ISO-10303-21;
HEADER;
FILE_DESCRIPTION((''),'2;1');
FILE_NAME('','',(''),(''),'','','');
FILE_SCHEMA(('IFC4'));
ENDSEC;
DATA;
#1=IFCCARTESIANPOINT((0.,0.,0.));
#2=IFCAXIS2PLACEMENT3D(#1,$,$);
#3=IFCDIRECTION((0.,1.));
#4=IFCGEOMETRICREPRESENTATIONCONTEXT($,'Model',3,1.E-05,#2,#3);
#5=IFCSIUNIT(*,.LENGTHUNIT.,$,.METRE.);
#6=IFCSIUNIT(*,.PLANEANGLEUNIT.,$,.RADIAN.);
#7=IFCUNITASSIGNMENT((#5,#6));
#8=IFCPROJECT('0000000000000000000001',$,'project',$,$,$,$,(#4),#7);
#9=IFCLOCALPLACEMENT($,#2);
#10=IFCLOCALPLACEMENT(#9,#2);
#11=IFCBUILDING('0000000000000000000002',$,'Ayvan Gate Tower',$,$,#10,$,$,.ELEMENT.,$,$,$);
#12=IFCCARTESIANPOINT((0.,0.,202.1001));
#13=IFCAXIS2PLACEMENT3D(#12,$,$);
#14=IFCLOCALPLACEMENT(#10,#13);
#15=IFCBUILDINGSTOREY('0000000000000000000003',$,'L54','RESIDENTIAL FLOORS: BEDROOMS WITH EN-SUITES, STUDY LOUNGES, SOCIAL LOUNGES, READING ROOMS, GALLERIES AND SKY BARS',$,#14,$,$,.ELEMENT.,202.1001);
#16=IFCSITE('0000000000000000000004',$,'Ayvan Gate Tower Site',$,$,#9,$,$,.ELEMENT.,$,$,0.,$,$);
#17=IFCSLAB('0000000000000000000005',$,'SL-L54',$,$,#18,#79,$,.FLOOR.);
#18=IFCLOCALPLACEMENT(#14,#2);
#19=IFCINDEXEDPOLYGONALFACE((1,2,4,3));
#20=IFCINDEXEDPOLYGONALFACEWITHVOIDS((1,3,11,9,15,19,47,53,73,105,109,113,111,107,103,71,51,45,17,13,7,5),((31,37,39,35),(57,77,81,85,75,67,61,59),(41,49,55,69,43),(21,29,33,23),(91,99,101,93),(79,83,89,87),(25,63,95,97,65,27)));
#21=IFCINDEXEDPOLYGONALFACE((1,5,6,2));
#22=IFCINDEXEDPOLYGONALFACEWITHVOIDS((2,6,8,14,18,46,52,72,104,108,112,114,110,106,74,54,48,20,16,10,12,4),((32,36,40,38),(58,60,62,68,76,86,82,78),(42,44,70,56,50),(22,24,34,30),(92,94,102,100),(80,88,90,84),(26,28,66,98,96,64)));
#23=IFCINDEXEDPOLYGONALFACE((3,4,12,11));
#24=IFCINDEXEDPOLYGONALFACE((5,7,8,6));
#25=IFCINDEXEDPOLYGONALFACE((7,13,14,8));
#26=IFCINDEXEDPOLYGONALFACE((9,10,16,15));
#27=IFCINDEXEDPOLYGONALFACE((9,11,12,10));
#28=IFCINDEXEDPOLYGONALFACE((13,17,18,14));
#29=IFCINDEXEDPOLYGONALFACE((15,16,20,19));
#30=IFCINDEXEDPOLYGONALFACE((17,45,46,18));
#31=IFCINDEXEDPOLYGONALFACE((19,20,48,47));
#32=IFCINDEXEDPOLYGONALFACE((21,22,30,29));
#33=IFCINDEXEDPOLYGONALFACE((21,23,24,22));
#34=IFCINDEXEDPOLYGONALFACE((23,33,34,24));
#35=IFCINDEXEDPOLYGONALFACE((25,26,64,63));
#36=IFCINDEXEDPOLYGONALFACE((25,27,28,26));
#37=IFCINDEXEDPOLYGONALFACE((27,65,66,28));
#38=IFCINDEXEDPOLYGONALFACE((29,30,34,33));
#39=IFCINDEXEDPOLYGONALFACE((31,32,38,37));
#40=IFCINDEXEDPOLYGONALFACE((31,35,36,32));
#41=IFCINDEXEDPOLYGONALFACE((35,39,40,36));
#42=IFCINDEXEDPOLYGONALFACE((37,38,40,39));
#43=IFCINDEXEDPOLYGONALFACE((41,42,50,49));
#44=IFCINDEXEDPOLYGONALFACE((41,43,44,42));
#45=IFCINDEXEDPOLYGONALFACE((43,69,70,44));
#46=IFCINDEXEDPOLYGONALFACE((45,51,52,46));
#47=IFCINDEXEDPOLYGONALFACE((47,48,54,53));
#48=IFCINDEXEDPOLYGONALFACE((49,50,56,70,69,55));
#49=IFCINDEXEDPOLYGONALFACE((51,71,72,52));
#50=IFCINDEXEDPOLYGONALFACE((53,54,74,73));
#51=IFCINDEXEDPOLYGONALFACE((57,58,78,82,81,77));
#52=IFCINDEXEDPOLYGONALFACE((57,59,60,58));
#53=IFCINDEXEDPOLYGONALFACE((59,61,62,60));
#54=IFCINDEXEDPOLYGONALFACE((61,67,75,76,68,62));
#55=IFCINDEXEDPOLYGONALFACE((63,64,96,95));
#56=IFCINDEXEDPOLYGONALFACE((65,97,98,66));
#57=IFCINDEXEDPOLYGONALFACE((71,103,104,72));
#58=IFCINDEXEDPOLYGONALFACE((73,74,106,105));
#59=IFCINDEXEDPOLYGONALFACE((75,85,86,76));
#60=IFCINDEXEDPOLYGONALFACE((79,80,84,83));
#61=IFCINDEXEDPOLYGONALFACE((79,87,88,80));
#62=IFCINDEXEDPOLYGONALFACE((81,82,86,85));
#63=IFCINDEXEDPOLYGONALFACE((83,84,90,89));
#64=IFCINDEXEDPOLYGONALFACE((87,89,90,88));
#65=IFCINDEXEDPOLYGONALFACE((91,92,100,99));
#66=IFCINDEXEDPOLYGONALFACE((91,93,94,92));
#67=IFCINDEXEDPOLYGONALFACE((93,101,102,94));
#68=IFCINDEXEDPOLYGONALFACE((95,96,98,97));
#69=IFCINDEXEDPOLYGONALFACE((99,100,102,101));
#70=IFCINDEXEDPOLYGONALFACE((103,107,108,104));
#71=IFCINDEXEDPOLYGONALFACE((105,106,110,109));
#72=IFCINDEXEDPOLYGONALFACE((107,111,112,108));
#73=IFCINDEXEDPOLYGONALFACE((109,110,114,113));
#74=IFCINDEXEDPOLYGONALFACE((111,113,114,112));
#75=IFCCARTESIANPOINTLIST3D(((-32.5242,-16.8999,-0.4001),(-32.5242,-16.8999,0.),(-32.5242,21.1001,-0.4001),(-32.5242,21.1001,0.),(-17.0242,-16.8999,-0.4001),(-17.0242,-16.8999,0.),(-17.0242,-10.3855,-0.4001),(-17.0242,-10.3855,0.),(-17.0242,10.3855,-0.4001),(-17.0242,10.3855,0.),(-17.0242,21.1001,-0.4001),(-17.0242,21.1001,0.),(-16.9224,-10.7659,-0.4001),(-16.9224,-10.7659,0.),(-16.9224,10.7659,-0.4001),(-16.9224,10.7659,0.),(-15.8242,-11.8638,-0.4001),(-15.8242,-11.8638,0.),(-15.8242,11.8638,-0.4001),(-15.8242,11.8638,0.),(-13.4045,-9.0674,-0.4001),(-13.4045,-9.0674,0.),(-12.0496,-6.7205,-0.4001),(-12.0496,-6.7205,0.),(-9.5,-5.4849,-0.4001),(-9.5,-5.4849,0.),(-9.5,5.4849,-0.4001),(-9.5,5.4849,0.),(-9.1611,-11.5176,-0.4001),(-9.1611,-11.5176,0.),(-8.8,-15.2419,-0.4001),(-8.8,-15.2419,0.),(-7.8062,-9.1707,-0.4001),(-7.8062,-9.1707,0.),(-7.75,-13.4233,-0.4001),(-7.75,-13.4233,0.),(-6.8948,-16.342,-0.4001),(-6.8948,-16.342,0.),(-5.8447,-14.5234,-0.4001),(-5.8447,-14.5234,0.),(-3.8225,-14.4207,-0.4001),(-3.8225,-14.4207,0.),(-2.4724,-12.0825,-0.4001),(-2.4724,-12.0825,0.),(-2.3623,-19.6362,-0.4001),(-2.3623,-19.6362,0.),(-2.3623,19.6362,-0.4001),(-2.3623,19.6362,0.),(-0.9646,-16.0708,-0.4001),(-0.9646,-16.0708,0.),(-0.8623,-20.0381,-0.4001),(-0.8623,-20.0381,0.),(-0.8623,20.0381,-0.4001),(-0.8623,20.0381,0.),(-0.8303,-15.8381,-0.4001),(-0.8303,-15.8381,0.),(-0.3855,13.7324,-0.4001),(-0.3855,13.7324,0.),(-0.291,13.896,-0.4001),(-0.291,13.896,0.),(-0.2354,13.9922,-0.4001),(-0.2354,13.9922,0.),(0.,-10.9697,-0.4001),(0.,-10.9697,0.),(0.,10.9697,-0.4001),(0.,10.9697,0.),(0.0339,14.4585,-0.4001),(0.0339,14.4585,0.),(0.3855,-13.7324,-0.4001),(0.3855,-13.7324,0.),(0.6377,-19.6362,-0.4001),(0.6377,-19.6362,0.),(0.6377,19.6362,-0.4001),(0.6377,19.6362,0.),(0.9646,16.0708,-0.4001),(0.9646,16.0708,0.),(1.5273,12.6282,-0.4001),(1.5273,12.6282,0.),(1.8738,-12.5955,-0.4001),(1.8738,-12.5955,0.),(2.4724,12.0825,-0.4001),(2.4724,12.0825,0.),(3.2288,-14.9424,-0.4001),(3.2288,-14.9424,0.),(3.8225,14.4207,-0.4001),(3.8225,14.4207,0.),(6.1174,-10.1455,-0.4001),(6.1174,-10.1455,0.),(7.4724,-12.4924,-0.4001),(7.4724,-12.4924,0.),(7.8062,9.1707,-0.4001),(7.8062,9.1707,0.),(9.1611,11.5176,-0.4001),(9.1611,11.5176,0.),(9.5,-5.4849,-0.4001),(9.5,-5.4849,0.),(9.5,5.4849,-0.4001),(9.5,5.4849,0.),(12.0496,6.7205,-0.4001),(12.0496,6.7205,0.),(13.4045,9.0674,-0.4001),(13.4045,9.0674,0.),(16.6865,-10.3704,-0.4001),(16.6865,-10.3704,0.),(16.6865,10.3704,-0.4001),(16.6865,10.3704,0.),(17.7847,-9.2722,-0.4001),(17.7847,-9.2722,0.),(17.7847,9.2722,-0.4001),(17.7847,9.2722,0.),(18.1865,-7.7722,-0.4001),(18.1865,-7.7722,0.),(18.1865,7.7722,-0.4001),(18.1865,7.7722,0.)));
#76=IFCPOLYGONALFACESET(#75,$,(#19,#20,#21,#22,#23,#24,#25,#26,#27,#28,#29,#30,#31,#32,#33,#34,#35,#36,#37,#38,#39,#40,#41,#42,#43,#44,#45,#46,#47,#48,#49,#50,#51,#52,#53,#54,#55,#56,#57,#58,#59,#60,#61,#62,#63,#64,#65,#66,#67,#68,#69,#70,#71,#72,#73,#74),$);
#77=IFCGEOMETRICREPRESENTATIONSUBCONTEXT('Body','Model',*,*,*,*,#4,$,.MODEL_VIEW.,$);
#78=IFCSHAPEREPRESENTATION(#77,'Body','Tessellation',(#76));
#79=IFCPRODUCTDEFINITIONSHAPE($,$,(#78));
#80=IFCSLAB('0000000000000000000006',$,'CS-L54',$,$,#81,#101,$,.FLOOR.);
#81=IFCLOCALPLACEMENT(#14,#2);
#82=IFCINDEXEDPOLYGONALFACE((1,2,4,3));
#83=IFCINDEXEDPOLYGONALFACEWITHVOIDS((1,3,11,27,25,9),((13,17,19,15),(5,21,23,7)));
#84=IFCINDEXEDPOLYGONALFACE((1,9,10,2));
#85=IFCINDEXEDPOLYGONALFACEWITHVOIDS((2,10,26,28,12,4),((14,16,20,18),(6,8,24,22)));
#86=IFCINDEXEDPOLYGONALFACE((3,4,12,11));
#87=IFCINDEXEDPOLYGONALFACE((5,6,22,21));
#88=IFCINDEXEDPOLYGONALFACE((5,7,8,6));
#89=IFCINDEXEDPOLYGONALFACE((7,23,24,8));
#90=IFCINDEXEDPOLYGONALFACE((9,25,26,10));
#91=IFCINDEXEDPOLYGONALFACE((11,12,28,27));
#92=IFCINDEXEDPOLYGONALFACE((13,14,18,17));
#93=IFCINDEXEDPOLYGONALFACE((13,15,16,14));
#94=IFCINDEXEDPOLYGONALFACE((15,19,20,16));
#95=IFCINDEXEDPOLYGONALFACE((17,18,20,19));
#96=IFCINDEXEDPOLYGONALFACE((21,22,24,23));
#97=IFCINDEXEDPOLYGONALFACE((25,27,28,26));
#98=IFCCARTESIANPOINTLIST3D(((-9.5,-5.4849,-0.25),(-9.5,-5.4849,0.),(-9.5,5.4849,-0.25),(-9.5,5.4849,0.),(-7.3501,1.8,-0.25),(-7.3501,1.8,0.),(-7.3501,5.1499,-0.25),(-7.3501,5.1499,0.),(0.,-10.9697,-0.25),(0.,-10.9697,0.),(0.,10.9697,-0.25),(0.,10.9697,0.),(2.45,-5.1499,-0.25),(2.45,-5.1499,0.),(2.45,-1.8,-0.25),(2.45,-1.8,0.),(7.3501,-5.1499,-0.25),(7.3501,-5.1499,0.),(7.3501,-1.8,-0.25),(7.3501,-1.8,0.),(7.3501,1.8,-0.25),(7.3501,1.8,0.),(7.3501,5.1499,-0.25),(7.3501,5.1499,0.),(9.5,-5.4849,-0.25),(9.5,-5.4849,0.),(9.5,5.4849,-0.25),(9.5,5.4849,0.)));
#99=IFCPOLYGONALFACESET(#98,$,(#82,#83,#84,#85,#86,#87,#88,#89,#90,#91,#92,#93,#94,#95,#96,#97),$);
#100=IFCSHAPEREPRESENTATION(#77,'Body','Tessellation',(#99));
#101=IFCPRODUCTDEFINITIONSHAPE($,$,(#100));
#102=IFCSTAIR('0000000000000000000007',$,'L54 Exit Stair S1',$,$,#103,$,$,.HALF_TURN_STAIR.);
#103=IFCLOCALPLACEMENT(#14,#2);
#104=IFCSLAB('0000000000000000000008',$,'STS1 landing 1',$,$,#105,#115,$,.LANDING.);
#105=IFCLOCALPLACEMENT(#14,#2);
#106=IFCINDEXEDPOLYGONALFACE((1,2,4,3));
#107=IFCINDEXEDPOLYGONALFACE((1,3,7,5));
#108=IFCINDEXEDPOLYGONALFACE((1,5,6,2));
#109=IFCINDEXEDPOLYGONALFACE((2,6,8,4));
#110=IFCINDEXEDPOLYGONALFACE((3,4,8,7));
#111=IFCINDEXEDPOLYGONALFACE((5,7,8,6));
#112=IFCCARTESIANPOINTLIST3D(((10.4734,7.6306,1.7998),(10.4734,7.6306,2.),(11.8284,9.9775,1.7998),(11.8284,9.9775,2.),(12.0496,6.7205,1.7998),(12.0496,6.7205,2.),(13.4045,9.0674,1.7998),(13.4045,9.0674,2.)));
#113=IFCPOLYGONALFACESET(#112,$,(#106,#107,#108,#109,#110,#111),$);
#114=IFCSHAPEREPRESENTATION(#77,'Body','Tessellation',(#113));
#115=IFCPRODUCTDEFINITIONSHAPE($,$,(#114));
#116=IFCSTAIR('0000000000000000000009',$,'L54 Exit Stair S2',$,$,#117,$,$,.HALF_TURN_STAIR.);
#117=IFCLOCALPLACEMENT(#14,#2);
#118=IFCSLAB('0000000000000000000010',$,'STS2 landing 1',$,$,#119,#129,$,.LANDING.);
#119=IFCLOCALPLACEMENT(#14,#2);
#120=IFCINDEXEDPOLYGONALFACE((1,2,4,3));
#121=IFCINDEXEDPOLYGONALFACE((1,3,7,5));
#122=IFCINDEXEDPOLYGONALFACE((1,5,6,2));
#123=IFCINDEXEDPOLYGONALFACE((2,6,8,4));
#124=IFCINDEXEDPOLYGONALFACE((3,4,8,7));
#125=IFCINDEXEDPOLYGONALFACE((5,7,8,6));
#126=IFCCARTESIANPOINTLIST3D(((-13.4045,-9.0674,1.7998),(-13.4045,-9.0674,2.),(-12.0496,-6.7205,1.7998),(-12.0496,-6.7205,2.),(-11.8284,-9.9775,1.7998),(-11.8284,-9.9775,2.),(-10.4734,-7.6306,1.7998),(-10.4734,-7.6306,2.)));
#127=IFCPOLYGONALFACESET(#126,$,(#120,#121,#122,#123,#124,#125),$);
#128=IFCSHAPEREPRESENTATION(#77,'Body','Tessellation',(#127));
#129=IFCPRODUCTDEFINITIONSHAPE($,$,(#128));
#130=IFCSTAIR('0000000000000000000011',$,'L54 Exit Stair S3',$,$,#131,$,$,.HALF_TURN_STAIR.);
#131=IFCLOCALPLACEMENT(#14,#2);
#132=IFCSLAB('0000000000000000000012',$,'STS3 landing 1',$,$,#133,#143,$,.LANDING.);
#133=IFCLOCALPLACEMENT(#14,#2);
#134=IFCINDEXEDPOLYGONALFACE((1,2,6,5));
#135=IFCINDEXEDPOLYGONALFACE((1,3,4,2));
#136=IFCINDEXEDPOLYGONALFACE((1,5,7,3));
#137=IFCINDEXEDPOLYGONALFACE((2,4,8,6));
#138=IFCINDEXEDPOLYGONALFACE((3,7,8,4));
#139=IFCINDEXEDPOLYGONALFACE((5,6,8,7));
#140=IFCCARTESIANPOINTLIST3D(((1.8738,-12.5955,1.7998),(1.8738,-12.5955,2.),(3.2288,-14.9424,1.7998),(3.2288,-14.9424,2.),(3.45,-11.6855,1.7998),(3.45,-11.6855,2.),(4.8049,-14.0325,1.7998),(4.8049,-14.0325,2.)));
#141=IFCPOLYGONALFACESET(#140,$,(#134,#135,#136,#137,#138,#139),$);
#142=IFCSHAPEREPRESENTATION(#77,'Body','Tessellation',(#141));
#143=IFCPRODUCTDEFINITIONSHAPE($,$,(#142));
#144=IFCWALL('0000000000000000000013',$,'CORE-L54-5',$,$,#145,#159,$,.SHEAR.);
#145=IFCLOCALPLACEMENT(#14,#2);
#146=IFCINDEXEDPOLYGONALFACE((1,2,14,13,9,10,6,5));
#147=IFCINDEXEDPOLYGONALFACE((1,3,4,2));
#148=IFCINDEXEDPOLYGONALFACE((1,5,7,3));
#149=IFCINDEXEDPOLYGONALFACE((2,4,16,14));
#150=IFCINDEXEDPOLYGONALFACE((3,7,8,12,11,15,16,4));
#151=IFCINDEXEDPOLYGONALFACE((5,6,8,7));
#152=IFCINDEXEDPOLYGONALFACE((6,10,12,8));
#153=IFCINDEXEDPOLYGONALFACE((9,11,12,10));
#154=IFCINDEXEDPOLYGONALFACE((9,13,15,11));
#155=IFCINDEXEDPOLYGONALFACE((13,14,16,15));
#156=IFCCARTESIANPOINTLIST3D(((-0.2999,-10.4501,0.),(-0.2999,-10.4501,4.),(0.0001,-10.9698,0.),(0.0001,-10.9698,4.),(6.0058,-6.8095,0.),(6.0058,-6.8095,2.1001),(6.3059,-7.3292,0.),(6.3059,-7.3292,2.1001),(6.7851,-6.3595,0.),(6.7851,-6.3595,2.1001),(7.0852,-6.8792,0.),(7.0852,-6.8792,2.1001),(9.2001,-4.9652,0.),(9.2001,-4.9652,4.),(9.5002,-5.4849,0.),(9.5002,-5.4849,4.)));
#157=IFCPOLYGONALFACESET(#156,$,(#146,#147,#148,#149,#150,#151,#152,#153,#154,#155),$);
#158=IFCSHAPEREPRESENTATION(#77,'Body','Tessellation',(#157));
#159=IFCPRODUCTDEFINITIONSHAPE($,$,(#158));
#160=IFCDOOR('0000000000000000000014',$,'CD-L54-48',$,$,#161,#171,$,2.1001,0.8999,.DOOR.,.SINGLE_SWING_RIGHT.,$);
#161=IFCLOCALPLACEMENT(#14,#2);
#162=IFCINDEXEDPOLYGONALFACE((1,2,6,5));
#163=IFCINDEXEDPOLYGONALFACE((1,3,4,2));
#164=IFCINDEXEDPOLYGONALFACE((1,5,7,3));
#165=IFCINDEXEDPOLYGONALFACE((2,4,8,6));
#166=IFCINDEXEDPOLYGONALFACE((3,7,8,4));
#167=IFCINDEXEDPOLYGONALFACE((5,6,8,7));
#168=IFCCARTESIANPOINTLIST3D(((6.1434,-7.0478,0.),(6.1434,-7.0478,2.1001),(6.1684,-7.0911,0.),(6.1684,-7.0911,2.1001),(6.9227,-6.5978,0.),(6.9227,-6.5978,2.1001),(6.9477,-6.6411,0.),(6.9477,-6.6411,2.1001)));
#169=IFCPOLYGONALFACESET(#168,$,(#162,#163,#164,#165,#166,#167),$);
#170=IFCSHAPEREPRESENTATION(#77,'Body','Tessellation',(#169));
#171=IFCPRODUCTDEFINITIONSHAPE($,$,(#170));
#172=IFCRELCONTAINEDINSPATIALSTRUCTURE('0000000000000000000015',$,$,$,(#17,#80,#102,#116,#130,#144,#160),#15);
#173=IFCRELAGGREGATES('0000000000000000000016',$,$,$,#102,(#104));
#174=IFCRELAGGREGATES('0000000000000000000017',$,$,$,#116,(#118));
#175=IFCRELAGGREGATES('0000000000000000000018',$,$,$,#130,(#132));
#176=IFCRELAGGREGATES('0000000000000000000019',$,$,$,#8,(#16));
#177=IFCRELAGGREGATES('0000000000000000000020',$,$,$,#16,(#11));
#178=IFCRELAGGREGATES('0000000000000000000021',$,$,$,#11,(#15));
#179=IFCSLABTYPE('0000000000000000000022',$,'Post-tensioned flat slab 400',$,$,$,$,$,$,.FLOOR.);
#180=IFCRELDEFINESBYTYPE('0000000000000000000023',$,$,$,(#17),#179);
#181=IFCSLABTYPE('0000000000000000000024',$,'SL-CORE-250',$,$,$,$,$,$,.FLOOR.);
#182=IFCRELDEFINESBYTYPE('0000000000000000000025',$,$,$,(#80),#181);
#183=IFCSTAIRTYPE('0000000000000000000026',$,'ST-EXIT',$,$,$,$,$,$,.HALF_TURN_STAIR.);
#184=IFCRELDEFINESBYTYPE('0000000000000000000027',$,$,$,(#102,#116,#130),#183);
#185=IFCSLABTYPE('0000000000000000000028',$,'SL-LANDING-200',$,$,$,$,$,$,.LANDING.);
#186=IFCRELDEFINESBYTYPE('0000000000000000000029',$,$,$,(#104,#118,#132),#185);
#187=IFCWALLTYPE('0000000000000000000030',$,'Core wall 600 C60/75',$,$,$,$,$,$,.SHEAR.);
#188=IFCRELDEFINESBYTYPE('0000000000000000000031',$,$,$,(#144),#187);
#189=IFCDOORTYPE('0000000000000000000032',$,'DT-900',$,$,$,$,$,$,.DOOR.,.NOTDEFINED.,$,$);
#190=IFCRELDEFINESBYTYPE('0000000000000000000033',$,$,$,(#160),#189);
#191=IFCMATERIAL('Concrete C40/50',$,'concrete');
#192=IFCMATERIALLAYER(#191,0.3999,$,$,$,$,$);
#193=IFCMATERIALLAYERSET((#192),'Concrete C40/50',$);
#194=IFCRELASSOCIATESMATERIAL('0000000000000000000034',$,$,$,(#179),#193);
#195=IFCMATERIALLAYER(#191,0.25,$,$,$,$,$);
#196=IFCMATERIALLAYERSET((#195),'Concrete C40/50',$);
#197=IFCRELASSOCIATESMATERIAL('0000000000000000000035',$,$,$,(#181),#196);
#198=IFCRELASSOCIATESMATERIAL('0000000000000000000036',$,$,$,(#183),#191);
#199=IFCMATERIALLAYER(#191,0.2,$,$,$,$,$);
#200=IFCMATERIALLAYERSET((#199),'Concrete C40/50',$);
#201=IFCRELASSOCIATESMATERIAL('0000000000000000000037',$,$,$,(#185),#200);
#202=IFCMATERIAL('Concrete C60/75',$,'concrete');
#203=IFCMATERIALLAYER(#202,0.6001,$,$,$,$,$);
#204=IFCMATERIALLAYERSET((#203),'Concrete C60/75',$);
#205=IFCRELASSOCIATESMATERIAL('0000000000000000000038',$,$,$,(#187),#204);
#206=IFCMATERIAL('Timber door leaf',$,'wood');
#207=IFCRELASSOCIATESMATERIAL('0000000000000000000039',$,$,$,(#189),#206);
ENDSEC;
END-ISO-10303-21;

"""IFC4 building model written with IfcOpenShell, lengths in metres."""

from ifc_helpers import new_model, si_unit, direction, frame, frame_2d, origin, place, context, subcontext, project, spatial, polyline, rectangle, outline, extrude, material, layer, layer_set, type_object, element, fill, aggregate, save


model = new_model("IFC4")

# Units and contexts
model_context = context("Model", 3, precision=1e-05, world=origin(), true_north=direction((0.0, 1.0)))
body_context = subcontext(model_context, "Body", "Model", "MODEL_VIEW")
ifc_project = project(units=[si_unit("LENGTHUNIT", "METRE"), si_unit("PLANEANGLEUNIT", "RADIAN")], contexts=[model_context])

# Site, building, storey
site_placement = place(None, origin())
site = spatial("IfcSite", under=ifc_project, at=site_placement, Name="Ayvan Gate Tower Site", CompositionType="ELEMENT", RefElevation=0.0)
building_placement = place(site_placement, origin())
building = spatial("IfcBuilding", under=site, at=building_placement, Name="Ayvan Gate Tower", CompositionType="ELEMENT")
storey_placement = place(building_placement, frame((0.0, 0.0, 202.1001)))
storey = spatial("IfcBuildingStorey", under=building, at=storey_placement, Name="L54", Description="RESIDENTIAL FLOORS: BEDROOMS WITH EN-SUITES, STUDY LOUNGES, SOCIAL LOUNGES, READING ROOMS, GALLERIES AND SKY BARS", CompositionType="ELEMENT", Elevation=202.1001)

# Slabs
ifc_material_1 = material(Name="Concrete C40/50", Category="concrete")
ifc_layer_1 = layer(ifc_material_1, 0.3999)
ifc_layer_set_1 = layer_set([ifc_layer_1], Name="Concrete C40/50")
slab_type_1 = type_object("IfcSlabType", Name="Post-tensioned flat slab 400", PredefinedType="FLOOR", material=ifc_layer_set_1)
slab_1_placement = place(storey_placement, frame((0.0, 0.0, -0.4001)))
element("IfcSlab", 1, at=slab_1_placement, inside=storey, type_object=slab_type_1, Name="SL-L54", PredefinedType="FLOOR", context=body_context, shape_type="SweptSolid", body=[
    extrude(outline(polyline([(-2.3623, -19.6362), (-15.8242, -11.8638), (-16.9224, -10.7659), (-17.0242, -10.3855), (-17.0242, -16.8999), (-32.5242, -16.8999), (-32.5242, 21.1001), (-17.0242, 21.1001), (-17.0242, 10.3855), (-16.9224, 10.7659), (-15.8242, 11.8638), (-2.3623, 19.6362), (-0.8623, 20.0381), (0.6377, 19.6362), (16.6865, 10.3704), (17.7847, 9.2722), (18.1865, 7.7722), (18.1865, -7.7722), (17.7847, -9.2722), (16.6865, -10.3704), (0.6377, -19.6362), (-0.8623, -20.0381), (-2.3623, -19.6362)]), holes=[polyline([(13.4045, 9.0674), (9.1611, 11.5176), (7.8062, 9.1707), (12.0496, 6.7205), (13.4045, 9.0674)]), polyline([(0.0, 10.9697), (-9.5, 5.4849), (-9.5, -5.4849), (0.0, -10.9697), (9.5, -5.4849), (9.5, 5.4849), (0.0, 10.9697)]), polyline([(3.2288, -14.9424), (7.4724, -12.4924), (6.1174, -10.1455), (1.8738, -12.5955), (3.2288, -14.9424)]), polyline([(-0.3855, 13.7324), (1.5273, 12.6282), (2.4724, 12.0825), (3.8225, 14.4207), (0.9646, 16.0708), (0.0339, 14.4585), (-0.2354, 13.9922), (-0.291, 13.896), (-0.3855, 13.7324)]), polyline([(0.3855, -13.7324), (-2.4724, -12.0825), (-3.8225, -14.4207), (-0.9646, -16.0708), (-0.8303, -15.8381), (0.3855, -13.7324)]), polyline([(-6.8948, -16.342), (-5.8447, -14.5234), (-7.75, -13.4233), (-8.8, -15.2419), (-6.8948, -16.342)]), polyline([(-7.8062, -9.1707), (-12.0496, -6.7205), (-13.4045, -9.0674), (-9.1611, -11.5176), (-7.8062, -9.1707)])]), origin(), (0.0, 0.0, 1.0), 0.4001),
])
ifc_layer_2 = layer(ifc_material_1, 0.25)
ifc_layer_set_2 = layer_set([ifc_layer_2], Name="Concrete C40/50")
slab_type_2 = type_object("IfcSlabType", Name="SL-CORE-250", PredefinedType="FLOOR", material=ifc_layer_set_2)
slab_2_placement = place(storey_placement, frame((0.0, 0.0, -0.25)))
element("IfcSlab", 2, at=slab_2_placement, inside=storey, type_object=slab_type_2, Name="CS-L54", PredefinedType="FLOOR", context=body_context, shape_type="SweptSolid", body=[
    extrude(outline(polyline([(9.5, -5.4849), (0.0, -10.9697), (-9.5, -5.4849), (-9.5, 5.4849), (0.0, 10.9697), (9.5, 5.4849), (9.5, -5.4849)]), holes=[polyline([(-7.3501, 5.1499), (-7.3501, 1.8), (7.3501, 1.8), (7.3501, 5.1499), (-7.3501, 5.1499)]), polyline([(2.45, -1.8), (2.45, -5.1499), (7.3501, -5.1499), (7.3501, -1.8), (2.45, -1.8)])]), origin(), (0.0, 0.0, 1.0), 0.25),
])

# Stairs, slabs
stair_type = type_object("IfcStairType", Name="ST-EXIT", PredefinedType="HALF_TURN_STAIR", material=ifc_material_1)
stair_1_placement = place(storey_placement, origin())
stair_1 = element("IfcStair", 3, at=stair_1_placement, inside=storey, type_object=stair_type, Name="L54 Exit Stair S1", PredefinedType="HALF_TURN_STAIR")
ifc_layer_3 = layer(ifc_material_1, 0.2)
ifc_layer_set_3 = layer_set([ifc_layer_3], Name="Concrete C40/50")
slab_type_3 = type_object("IfcSlabType", Name="SL-LANDING-200", PredefinedType="LANDING", material=ifc_layer_set_3)
slab_3_placement = place(storey_placement, frame((0.0, 0.0, 1.7998)))
slab_3 = element("IfcSlab", 4, at=slab_3_placement, type_object=slab_type_3, Name="STS1 landing 1", PredefinedType="LANDING", context=body_context, shape_type="SweptSolid", body=[
    extrude(outline(polyline([(10.4734, 7.6306), (12.0496, 6.7205), (13.4045, 9.0674), (11.8284, 9.9775), (10.4734, 7.6306)])), origin(), (0.0, 0.0, 1.0), 0.2002),
])
aggregate(stair_1, [slab_3])
stair_2_placement = place(storey_placement, origin())
stair_2 = element("IfcStair", 5, at=stair_2_placement, inside=storey, type_object=stair_type, Name="L54 Exit Stair S2", PredefinedType="HALF_TURN_STAIR")
slab_4_placement = place(storey_placement, frame((0.0, 0.0, 1.7998)))
slab_4 = element("IfcSlab", 6, at=slab_4_placement, type_object=slab_type_3, Name="STS2 landing 1", PredefinedType="LANDING", context=body_context, shape_type="SweptSolid", body=[
    extrude(outline(polyline([(-10.4734, -7.6306), (-12.0496, -6.7205), (-13.4045, -9.0674), (-11.8284, -9.9775), (-10.4734, -7.6306)])), origin(), (0.0, 0.0, 1.0), 0.2002),
])
aggregate(stair_2, [slab_4])
stair_3_placement = place(storey_placement, origin())
stair_3 = element("IfcStair", 7, at=stair_3_placement, inside=storey, type_object=stair_type, Name="L54 Exit Stair S3", PredefinedType="HALF_TURN_STAIR")
slab_5_placement = place(storey_placement, frame((0.0, 0.0, 1.7998)))
slab_5 = element("IfcSlab", 8, at=slab_5_placement, type_object=slab_type_3, Name="STS3 landing 1", PredefinedType="LANDING", context=body_context, shape_type="SweptSolid", body=[
    extrude(outline(polyline([(3.45, -11.6855), (1.8738, -12.5955), (3.2288, -14.9424), (4.8049, -14.0325), (3.45, -11.6855)])), origin(), (0.0, 0.0, 1.0), 0.2002),
])
aggregate(stair_3, [slab_5])

# Wall, opening, door
ifc_material_2 = material(Name="Concrete C60/75", Category="concrete")
ifc_layer_4 = layer(ifc_material_2, 0.6001)
ifc_layer_set_4 = layer_set([ifc_layer_4], Name="Concrete C60/75")
wall_type_1 = type_object("IfcWallType", Name="Core wall 600 C60/75", PredefinedType="SHEAR", material=ifc_layer_set_4)
wall_1_placement = place(storey_placement, frame((-0.1499, -10.71, 0.0), z_axis=(0.0, 0.0, 1.0), x_axis=(0.866024, 0.500002, 0.0)))
wall_1 = element("IfcWall", 9, at=wall_1_placement, inside=storey, type_object=wall_type_1, Name="CORE-L54-5", PredefinedType="SHEAR", context=body_context, shape_type="SweptSolid", body=[
    extrude(rectangle(XDim=10.9697, YDim=0.6001, at=frame_2d((5.4849, 0.0))), origin(), (0.0, 0.0, 1.0), 4.0),
])
opening_1_placement = place(wall_1_placement, frame((7.2812, 0.0, 0.0)))
opening_1 = element("IfcOpeningElement", 10, at=opening_1_placement, cuts=wall_1, PredefinedType="OPENING", context=body_context, shape_type="SweptSolid", body=[
    extrude(rectangle(XDim=0.8999, YDim=2.1001, at=frame_2d((0.45, 1.05))), frame((0.0, 0.3101, 0.0), z_axis=(0.0, -1.0, 0.0), x_axis=(1.0, 0.0, 0.0)), (0.0, 0.0, 1.0), 0.6201),
])
ifc_material_3 = material(Name="Timber door leaf", Category="wood")
door_type_1 = type_object("IfcDoorType", Name="DT-900", OperationType="NOTDEFINED", PredefinedType="DOOR", material=ifc_material_3)
door_1_placement = place(opening_1_placement, origin())
door_1 = element("IfcDoor", 11, at=door_1_placement, inside=storey, type_object=door_type_1, Name="CD-L54-48", OperationType="SINGLE_SWING_RIGHT", OverallHeight=2.1001, OverallWidth=0.8999, PredefinedType="DOOR", context=body_context, shape_type="SweptSolid", body=[
    extrude(rectangle(XDim=0.8999, YDim=2.1001, at=frame_2d((0.45, 1.05))), frame((0.0, 0.0249, 0.0), z_axis=(0.0, -1.0, 0.0), x_axis=(1.0, 0.0, 0.0)), (0.0, 0.0, 1.0), 0.05),
])
fill(opening_1, door_1)

save(model, "model.ifc")
